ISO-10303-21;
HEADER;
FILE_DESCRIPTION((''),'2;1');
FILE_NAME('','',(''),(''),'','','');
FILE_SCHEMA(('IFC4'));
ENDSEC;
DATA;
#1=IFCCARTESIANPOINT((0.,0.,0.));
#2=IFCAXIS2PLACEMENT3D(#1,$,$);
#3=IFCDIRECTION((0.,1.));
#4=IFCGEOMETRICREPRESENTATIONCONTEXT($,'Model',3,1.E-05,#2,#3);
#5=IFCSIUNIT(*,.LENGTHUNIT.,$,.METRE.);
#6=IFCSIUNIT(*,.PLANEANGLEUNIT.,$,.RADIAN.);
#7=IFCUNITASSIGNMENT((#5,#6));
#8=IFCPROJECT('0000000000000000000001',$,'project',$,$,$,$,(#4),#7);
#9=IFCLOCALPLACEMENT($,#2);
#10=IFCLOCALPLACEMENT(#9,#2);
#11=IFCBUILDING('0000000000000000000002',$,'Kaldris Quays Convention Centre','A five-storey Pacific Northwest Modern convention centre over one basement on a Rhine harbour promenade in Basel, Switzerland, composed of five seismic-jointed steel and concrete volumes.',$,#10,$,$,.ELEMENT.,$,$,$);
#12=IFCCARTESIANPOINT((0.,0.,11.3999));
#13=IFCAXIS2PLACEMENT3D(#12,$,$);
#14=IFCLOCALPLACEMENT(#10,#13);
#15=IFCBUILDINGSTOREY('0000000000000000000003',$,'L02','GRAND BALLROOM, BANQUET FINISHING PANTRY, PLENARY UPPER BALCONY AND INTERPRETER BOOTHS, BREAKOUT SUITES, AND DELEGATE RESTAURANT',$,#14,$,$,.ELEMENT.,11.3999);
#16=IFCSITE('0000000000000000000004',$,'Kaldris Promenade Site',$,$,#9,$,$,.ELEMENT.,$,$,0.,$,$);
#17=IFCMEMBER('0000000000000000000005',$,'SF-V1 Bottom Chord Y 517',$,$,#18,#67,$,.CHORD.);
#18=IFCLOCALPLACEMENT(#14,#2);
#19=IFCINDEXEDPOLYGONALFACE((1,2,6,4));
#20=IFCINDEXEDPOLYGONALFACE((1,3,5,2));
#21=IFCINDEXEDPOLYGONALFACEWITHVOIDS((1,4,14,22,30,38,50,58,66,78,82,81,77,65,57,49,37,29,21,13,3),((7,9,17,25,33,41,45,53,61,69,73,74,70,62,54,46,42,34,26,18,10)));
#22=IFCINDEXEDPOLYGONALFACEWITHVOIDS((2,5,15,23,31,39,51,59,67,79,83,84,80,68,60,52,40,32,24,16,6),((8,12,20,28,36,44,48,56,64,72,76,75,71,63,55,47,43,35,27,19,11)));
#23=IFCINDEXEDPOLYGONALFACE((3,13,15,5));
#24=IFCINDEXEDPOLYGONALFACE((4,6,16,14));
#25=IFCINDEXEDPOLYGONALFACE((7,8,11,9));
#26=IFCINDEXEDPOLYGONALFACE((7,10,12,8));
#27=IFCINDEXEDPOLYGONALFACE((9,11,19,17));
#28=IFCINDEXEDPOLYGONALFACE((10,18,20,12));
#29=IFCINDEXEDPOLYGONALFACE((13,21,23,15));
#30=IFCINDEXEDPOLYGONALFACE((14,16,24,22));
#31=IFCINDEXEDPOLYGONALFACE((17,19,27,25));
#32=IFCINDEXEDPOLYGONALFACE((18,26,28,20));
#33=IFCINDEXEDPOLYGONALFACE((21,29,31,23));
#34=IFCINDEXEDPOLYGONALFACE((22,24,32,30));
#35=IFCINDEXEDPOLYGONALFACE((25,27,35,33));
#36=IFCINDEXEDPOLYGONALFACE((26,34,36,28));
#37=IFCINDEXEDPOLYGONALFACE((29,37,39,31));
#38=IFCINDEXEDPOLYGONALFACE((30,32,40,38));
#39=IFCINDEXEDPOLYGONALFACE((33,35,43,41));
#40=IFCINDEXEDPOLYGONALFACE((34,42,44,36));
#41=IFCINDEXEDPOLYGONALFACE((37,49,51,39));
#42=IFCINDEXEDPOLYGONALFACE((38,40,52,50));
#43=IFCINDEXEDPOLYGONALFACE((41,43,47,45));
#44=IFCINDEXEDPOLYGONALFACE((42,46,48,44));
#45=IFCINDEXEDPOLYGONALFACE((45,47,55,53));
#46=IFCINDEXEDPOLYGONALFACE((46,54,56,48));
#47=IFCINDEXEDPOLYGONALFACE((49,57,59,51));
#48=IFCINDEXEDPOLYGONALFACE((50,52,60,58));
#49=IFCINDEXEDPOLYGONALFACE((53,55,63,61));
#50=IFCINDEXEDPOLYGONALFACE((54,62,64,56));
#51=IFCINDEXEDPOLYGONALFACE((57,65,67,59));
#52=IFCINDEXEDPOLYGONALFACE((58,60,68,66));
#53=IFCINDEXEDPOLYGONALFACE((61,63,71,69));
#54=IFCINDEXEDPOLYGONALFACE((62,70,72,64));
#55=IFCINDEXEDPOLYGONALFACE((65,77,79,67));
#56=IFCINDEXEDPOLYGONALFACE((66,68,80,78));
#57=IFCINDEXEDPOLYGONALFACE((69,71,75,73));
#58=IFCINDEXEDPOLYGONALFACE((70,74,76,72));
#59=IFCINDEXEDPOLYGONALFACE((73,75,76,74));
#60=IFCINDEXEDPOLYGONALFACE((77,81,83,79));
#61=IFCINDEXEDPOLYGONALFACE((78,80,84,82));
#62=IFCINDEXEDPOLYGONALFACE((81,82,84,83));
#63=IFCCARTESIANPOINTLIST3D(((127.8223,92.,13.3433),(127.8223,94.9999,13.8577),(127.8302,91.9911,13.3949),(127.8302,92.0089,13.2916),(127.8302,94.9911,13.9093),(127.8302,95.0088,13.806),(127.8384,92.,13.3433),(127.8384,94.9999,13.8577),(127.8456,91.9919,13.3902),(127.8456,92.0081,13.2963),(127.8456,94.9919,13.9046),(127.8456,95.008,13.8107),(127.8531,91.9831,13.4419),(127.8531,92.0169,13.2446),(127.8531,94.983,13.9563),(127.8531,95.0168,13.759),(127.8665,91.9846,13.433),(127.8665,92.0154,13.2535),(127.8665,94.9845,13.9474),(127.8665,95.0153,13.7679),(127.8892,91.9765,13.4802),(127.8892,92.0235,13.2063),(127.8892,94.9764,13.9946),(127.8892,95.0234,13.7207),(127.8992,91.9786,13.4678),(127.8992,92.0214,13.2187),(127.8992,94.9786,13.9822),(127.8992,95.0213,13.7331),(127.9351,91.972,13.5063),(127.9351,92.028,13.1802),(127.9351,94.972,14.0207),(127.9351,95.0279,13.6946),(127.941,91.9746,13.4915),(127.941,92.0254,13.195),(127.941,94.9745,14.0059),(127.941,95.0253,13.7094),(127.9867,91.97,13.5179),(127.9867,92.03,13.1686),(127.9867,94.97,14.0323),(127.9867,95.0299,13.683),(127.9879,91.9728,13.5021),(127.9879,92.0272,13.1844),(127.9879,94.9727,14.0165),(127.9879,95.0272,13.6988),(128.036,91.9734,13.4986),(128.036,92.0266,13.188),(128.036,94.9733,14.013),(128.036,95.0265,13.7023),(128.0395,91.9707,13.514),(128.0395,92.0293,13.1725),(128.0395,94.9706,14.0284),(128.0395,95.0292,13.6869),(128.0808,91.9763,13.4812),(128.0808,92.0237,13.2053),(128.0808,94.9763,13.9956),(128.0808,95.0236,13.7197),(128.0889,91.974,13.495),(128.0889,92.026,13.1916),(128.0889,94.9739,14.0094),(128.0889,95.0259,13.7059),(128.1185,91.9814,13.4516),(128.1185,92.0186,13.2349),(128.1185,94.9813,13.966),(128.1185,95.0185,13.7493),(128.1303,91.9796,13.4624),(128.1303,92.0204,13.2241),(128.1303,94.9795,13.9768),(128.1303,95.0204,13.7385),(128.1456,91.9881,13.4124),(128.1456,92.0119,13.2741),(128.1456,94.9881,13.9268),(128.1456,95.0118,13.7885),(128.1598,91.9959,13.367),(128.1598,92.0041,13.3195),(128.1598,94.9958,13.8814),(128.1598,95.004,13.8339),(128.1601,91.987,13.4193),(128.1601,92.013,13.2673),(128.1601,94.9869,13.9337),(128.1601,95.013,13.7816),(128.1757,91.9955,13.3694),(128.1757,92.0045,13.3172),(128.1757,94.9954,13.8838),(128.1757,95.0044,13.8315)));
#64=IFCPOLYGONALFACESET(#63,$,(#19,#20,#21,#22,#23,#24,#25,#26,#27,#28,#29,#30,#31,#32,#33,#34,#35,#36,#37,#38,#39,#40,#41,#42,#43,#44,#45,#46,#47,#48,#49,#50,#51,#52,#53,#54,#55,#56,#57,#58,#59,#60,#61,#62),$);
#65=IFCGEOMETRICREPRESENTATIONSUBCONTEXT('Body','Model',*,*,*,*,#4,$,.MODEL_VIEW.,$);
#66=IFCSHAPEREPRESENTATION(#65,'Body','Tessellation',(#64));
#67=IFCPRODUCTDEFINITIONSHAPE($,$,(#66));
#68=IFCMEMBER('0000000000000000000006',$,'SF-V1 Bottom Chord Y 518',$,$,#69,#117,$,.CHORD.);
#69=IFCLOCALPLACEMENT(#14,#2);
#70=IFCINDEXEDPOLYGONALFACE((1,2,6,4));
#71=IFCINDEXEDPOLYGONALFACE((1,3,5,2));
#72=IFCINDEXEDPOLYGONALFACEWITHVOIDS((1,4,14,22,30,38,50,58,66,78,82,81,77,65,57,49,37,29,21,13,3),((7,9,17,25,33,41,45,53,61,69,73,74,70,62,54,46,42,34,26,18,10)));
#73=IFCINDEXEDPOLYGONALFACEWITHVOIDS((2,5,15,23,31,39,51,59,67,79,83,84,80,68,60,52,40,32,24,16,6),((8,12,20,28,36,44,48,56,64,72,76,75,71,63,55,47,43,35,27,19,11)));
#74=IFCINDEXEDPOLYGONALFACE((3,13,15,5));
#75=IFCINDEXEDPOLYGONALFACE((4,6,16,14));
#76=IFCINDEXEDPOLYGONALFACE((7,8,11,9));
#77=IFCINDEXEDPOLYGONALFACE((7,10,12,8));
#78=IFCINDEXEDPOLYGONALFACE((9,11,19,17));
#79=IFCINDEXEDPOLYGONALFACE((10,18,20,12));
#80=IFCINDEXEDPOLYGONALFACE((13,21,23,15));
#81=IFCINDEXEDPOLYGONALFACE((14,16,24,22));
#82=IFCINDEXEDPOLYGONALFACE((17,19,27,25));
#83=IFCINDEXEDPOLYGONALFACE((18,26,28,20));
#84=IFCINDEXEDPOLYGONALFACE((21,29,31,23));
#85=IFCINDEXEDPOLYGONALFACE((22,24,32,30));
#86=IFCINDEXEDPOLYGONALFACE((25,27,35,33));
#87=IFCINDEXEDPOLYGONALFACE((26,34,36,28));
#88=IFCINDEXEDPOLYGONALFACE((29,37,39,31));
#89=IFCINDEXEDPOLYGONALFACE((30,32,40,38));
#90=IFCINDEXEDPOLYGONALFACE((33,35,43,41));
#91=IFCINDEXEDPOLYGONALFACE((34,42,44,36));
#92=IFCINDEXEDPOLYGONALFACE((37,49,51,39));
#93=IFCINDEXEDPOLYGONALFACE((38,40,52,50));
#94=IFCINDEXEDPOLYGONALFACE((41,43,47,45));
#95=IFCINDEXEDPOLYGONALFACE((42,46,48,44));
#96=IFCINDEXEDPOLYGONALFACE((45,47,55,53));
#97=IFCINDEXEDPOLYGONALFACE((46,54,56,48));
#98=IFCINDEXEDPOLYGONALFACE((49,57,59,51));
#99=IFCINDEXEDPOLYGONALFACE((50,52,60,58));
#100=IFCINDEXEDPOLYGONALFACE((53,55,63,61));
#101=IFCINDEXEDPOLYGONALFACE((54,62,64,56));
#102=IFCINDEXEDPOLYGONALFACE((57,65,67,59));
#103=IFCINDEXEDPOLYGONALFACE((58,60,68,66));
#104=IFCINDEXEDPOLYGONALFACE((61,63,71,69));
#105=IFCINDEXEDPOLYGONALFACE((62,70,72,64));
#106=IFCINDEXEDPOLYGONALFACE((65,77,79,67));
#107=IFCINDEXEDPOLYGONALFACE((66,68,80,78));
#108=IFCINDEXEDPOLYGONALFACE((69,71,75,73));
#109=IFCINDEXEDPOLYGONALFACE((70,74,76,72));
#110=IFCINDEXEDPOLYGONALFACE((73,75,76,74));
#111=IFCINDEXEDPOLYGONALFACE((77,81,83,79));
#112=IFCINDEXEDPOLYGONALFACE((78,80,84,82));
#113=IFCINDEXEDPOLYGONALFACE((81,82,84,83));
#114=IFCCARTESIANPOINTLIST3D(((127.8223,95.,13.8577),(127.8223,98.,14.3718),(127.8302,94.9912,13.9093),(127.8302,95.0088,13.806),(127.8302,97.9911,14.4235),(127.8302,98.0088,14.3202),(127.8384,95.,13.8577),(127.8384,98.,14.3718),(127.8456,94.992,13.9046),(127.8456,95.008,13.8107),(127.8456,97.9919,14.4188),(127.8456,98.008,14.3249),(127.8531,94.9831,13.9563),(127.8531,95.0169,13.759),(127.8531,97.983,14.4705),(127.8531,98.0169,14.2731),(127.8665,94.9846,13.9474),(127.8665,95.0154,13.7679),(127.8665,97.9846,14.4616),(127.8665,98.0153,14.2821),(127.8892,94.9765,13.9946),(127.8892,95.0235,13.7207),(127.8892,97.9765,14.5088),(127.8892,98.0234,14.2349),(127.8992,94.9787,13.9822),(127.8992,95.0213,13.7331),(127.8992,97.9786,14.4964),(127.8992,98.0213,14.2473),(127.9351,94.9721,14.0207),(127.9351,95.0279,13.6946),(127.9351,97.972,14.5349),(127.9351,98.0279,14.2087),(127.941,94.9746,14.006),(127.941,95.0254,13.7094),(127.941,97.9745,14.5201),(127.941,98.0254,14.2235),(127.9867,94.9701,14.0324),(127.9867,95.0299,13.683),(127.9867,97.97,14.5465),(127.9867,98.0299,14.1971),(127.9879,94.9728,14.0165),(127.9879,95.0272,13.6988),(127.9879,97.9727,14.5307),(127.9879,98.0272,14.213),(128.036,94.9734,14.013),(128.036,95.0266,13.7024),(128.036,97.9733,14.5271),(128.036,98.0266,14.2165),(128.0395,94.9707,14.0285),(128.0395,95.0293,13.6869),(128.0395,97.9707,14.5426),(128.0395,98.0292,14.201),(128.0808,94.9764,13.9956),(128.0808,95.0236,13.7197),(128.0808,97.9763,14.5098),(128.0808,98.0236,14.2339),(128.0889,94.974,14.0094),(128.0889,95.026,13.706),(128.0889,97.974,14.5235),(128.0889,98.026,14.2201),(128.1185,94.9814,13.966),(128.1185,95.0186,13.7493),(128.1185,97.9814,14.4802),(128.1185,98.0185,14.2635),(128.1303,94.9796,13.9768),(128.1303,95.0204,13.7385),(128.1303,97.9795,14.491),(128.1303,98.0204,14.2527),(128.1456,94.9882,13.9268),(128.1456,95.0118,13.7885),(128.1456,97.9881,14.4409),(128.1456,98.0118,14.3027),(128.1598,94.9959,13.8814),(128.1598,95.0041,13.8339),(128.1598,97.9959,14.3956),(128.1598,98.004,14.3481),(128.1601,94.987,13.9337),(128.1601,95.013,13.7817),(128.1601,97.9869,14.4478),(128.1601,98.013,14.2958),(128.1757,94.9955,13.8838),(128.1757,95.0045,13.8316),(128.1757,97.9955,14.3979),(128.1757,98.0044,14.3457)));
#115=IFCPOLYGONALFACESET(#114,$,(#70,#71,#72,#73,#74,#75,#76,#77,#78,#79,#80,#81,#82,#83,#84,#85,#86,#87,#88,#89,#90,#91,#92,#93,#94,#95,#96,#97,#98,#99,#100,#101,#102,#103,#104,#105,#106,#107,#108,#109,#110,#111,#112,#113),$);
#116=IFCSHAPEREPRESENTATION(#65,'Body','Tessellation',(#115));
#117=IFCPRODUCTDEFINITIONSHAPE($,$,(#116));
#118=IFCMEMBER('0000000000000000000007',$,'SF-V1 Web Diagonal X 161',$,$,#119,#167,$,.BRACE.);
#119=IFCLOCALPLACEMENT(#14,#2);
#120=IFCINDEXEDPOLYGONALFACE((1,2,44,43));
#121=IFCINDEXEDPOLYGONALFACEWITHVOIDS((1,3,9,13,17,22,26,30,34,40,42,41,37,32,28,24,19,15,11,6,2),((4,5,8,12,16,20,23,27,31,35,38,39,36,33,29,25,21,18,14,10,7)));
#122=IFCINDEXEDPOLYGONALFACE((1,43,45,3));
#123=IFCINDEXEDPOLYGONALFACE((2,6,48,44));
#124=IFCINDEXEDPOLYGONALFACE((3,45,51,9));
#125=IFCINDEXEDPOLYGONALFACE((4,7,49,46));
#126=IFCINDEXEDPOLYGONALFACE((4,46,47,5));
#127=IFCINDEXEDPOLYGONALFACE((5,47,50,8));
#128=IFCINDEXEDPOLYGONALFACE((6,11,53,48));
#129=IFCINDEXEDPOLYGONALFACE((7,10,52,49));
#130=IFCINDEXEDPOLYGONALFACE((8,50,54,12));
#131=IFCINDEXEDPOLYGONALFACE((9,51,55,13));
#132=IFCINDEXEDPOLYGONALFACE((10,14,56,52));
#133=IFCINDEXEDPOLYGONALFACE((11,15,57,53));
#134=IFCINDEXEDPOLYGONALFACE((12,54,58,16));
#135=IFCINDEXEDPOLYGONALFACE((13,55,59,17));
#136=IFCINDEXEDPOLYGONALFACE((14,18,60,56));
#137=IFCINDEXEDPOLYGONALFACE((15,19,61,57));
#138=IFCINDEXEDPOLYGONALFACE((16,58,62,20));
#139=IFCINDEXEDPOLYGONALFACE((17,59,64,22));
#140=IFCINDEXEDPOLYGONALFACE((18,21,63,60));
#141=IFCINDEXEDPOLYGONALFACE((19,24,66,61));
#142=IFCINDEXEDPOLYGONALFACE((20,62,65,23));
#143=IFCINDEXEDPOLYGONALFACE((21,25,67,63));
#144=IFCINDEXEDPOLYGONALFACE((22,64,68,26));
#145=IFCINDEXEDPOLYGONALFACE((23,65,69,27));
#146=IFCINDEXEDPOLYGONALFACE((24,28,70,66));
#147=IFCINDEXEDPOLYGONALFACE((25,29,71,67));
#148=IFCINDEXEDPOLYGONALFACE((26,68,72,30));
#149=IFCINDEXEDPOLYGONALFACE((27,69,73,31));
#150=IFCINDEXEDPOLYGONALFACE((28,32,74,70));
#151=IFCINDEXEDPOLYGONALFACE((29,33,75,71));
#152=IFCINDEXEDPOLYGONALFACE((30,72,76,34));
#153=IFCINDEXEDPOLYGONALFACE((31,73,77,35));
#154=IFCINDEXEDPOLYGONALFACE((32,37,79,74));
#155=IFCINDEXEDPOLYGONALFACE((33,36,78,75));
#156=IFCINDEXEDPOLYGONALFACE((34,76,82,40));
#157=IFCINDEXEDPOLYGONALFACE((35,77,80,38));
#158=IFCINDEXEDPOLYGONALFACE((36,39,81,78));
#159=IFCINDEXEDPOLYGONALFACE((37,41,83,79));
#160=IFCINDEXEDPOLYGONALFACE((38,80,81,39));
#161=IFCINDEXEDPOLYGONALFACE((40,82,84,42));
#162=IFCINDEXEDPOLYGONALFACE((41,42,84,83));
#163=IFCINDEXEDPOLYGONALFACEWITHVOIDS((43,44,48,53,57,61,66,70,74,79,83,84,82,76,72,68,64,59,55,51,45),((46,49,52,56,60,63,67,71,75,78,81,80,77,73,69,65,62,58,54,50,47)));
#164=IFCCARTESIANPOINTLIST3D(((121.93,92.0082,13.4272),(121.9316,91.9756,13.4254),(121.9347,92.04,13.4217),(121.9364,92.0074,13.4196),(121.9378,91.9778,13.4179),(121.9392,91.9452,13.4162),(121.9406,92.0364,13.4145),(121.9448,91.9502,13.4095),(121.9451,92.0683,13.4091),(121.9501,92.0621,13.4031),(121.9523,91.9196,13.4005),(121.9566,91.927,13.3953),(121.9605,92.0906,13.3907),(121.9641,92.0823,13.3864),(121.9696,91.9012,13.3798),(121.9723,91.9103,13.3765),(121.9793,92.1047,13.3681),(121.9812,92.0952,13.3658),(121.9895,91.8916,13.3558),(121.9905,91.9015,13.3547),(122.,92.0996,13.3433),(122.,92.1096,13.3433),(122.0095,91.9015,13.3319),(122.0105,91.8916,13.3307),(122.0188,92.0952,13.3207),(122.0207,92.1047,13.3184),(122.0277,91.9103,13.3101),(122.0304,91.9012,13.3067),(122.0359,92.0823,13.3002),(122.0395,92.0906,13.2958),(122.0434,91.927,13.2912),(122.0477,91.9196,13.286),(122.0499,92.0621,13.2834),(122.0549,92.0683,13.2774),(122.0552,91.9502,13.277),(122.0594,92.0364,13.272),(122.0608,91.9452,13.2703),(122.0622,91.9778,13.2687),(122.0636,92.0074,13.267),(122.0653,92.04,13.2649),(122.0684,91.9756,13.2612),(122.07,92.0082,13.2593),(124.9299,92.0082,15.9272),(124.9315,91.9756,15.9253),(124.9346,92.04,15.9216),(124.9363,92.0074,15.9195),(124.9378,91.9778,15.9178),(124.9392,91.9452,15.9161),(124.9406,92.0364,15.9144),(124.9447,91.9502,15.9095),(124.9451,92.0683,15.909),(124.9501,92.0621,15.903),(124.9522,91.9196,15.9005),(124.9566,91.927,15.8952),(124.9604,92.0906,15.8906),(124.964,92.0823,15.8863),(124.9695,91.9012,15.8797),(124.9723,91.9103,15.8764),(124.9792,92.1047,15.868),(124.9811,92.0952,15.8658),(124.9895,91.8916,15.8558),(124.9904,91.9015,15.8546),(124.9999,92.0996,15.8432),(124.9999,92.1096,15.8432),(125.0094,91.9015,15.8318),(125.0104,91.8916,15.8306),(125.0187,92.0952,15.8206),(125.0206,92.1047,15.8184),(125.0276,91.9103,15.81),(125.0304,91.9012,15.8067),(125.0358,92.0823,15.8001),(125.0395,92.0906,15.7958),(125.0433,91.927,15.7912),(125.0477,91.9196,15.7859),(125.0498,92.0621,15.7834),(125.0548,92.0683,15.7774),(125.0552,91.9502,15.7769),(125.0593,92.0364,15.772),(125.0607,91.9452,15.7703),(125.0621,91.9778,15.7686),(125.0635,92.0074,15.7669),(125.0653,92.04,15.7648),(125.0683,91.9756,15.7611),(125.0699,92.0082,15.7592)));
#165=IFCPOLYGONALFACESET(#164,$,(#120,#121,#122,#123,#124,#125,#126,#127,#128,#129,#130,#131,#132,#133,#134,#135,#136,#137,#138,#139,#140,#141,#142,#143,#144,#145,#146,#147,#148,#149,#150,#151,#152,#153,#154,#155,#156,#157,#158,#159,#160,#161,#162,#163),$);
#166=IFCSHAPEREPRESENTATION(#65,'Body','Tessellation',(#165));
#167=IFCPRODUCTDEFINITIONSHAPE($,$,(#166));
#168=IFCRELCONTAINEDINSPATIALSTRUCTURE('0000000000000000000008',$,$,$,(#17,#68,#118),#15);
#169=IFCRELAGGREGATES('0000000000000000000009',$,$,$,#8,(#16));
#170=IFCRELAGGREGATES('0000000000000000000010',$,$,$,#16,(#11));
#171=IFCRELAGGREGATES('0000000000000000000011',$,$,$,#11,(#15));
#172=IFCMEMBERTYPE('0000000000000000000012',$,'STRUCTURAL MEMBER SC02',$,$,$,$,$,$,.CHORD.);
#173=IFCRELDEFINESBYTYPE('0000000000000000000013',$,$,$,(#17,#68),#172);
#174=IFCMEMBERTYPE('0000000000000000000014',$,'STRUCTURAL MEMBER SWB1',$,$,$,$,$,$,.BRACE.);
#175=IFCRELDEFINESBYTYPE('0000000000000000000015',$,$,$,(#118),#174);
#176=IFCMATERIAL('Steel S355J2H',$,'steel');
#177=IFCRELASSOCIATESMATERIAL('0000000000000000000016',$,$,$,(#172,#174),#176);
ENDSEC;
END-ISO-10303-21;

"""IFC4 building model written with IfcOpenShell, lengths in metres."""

from ifc_helpers import new_model, si_unit, direction, frame, origin, origin_2d, place, context, subcontext, project, spatial, hollow_circle, extrude, material, material_profile, profile_set, type_object, element, save


model = new_model("IFC4")

# Units and contexts
model_context = context("Model", 3, precision=1e-05, world=origin(), true_north=direction((0.0, 1.0)))
body_context = subcontext(model_context, "Body", "Model", "MODEL_VIEW")
ifc_project = project(units=[si_unit("LENGTHUNIT", "METRE"), si_unit("PLANEANGLEUNIT", "RADIAN")], contexts=[model_context])

# Site, building, storey
site_placement = place(None, origin())
site = spatial("IfcSite", under=ifc_project, at=site_placement, Name="Kaldris Promenade Site", CompositionType="ELEMENT", RefElevation=0.0)
building_placement = place(site_placement, origin())
building = spatial("IfcBuilding", under=site, at=building_placement, Name="Kaldris Quays Convention Centre", Description="A five-storey Pacific Northwest Modern convention centre over one basement on a Rhine harbour promenade in Basel, Switzerland, composed of five seismic-jointed steel and concrete volumes.", CompositionType="ELEMENT")
storey_placement = place(building_placement, frame((0.0, 0.0, 11.3999)))
storey = spatial("IfcBuildingStorey", under=building, at=storey_placement, Name="L02", Description="GRAND BALLROOM, BANQUET FINISHING PANTRY, PLENARY UPPER BALCONY AND INTERPRETER BOOTHS, BREAKOUT SUITES, AND DELEGATE RESTAURANT", CompositionType="ELEMENT", Elevation=11.3999)

# Members
ifc_material_1 = material(Name="Steel S355J2H", Category="steel")
ifc_material_profile_1 = material_profile(ifc_material_1, hollow_circle(Radius=0.1777, WallThickness=0.0161, at=origin_2d()), Name="CHS 355.6x16")
ifc_profile_set_1 = profile_set([ifc_material_profile_1], Name="Steel S355J2H")
member_type_1 = type_object("IfcMemberType", Name="STRUCTURAL MEMBER SC02", PredefinedType="CHORD", material=ifc_profile_set_1)
for number, where, z_axis, x_axis, name in (
    (1, (128.0, 92.0, 13.3433), (0.0, 0.985616, 0.169002), (-1.0, 0.0, 0.0), "SF-V1 Bottom Chord Y 517"),
    (2, (128.0, 95.0, 13.8577), (0.0, 0.985629, 0.168924), (-1.0, 0.0, 0.0), "SF-V1 Bottom Chord Y 518"),
):
    element("IfcMember", number, at=place(storey_placement, frame(where, z_axis=z_axis, x_axis=x_axis)), inside=storey, type_object=member_type_1, Name=name, PredefinedType="CHORD", context=body_context, shape_type="SweptSolid", body=[
        extrude(hollow_circle(Radius=0.1777, WallThickness=0.0161, at=origin_2d()), origin(), (0.0, 0.0, 1.0), 3.0437),
    ])
ifc_material_profile_2 = material_profile(ifc_material_1, hollow_circle(Radius=0.1096, WallThickness=0.01, at=origin_2d()), Name="CHS 219.1x10")
ifc_profile_set_2 = profile_set([ifc_material_profile_2], Name="Steel S355J2H")
member_type_2 = type_object("IfcMemberType", Name="STRUCTURAL MEMBER SWB1", PredefinedType="BRACE", material=ifc_profile_set_2)
for number, where, z_axis, x_axis, name in (
    (3, (122.0, 92.0, 13.3433), (0.768221, 0.0, 0.640184), (0.0, 1.0, 0.0), "SF-V1 Web Diagonal X 161"),
):
    element("IfcMember", number, at=place(storey_placement, frame(where, z_axis=z_axis, x_axis=x_axis)), inside=storey, type_object=member_type_2, Name=name, PredefinedType="BRACE", context=body_context, shape_type="SweptSolid", body=[
        extrude(hollow_circle(Radius=0.1096, WallThickness=0.01, at=origin_2d()), origin(), (0.0, 0.0, 1.0), 3.905),
    ])

save(model, "model.ifc")
